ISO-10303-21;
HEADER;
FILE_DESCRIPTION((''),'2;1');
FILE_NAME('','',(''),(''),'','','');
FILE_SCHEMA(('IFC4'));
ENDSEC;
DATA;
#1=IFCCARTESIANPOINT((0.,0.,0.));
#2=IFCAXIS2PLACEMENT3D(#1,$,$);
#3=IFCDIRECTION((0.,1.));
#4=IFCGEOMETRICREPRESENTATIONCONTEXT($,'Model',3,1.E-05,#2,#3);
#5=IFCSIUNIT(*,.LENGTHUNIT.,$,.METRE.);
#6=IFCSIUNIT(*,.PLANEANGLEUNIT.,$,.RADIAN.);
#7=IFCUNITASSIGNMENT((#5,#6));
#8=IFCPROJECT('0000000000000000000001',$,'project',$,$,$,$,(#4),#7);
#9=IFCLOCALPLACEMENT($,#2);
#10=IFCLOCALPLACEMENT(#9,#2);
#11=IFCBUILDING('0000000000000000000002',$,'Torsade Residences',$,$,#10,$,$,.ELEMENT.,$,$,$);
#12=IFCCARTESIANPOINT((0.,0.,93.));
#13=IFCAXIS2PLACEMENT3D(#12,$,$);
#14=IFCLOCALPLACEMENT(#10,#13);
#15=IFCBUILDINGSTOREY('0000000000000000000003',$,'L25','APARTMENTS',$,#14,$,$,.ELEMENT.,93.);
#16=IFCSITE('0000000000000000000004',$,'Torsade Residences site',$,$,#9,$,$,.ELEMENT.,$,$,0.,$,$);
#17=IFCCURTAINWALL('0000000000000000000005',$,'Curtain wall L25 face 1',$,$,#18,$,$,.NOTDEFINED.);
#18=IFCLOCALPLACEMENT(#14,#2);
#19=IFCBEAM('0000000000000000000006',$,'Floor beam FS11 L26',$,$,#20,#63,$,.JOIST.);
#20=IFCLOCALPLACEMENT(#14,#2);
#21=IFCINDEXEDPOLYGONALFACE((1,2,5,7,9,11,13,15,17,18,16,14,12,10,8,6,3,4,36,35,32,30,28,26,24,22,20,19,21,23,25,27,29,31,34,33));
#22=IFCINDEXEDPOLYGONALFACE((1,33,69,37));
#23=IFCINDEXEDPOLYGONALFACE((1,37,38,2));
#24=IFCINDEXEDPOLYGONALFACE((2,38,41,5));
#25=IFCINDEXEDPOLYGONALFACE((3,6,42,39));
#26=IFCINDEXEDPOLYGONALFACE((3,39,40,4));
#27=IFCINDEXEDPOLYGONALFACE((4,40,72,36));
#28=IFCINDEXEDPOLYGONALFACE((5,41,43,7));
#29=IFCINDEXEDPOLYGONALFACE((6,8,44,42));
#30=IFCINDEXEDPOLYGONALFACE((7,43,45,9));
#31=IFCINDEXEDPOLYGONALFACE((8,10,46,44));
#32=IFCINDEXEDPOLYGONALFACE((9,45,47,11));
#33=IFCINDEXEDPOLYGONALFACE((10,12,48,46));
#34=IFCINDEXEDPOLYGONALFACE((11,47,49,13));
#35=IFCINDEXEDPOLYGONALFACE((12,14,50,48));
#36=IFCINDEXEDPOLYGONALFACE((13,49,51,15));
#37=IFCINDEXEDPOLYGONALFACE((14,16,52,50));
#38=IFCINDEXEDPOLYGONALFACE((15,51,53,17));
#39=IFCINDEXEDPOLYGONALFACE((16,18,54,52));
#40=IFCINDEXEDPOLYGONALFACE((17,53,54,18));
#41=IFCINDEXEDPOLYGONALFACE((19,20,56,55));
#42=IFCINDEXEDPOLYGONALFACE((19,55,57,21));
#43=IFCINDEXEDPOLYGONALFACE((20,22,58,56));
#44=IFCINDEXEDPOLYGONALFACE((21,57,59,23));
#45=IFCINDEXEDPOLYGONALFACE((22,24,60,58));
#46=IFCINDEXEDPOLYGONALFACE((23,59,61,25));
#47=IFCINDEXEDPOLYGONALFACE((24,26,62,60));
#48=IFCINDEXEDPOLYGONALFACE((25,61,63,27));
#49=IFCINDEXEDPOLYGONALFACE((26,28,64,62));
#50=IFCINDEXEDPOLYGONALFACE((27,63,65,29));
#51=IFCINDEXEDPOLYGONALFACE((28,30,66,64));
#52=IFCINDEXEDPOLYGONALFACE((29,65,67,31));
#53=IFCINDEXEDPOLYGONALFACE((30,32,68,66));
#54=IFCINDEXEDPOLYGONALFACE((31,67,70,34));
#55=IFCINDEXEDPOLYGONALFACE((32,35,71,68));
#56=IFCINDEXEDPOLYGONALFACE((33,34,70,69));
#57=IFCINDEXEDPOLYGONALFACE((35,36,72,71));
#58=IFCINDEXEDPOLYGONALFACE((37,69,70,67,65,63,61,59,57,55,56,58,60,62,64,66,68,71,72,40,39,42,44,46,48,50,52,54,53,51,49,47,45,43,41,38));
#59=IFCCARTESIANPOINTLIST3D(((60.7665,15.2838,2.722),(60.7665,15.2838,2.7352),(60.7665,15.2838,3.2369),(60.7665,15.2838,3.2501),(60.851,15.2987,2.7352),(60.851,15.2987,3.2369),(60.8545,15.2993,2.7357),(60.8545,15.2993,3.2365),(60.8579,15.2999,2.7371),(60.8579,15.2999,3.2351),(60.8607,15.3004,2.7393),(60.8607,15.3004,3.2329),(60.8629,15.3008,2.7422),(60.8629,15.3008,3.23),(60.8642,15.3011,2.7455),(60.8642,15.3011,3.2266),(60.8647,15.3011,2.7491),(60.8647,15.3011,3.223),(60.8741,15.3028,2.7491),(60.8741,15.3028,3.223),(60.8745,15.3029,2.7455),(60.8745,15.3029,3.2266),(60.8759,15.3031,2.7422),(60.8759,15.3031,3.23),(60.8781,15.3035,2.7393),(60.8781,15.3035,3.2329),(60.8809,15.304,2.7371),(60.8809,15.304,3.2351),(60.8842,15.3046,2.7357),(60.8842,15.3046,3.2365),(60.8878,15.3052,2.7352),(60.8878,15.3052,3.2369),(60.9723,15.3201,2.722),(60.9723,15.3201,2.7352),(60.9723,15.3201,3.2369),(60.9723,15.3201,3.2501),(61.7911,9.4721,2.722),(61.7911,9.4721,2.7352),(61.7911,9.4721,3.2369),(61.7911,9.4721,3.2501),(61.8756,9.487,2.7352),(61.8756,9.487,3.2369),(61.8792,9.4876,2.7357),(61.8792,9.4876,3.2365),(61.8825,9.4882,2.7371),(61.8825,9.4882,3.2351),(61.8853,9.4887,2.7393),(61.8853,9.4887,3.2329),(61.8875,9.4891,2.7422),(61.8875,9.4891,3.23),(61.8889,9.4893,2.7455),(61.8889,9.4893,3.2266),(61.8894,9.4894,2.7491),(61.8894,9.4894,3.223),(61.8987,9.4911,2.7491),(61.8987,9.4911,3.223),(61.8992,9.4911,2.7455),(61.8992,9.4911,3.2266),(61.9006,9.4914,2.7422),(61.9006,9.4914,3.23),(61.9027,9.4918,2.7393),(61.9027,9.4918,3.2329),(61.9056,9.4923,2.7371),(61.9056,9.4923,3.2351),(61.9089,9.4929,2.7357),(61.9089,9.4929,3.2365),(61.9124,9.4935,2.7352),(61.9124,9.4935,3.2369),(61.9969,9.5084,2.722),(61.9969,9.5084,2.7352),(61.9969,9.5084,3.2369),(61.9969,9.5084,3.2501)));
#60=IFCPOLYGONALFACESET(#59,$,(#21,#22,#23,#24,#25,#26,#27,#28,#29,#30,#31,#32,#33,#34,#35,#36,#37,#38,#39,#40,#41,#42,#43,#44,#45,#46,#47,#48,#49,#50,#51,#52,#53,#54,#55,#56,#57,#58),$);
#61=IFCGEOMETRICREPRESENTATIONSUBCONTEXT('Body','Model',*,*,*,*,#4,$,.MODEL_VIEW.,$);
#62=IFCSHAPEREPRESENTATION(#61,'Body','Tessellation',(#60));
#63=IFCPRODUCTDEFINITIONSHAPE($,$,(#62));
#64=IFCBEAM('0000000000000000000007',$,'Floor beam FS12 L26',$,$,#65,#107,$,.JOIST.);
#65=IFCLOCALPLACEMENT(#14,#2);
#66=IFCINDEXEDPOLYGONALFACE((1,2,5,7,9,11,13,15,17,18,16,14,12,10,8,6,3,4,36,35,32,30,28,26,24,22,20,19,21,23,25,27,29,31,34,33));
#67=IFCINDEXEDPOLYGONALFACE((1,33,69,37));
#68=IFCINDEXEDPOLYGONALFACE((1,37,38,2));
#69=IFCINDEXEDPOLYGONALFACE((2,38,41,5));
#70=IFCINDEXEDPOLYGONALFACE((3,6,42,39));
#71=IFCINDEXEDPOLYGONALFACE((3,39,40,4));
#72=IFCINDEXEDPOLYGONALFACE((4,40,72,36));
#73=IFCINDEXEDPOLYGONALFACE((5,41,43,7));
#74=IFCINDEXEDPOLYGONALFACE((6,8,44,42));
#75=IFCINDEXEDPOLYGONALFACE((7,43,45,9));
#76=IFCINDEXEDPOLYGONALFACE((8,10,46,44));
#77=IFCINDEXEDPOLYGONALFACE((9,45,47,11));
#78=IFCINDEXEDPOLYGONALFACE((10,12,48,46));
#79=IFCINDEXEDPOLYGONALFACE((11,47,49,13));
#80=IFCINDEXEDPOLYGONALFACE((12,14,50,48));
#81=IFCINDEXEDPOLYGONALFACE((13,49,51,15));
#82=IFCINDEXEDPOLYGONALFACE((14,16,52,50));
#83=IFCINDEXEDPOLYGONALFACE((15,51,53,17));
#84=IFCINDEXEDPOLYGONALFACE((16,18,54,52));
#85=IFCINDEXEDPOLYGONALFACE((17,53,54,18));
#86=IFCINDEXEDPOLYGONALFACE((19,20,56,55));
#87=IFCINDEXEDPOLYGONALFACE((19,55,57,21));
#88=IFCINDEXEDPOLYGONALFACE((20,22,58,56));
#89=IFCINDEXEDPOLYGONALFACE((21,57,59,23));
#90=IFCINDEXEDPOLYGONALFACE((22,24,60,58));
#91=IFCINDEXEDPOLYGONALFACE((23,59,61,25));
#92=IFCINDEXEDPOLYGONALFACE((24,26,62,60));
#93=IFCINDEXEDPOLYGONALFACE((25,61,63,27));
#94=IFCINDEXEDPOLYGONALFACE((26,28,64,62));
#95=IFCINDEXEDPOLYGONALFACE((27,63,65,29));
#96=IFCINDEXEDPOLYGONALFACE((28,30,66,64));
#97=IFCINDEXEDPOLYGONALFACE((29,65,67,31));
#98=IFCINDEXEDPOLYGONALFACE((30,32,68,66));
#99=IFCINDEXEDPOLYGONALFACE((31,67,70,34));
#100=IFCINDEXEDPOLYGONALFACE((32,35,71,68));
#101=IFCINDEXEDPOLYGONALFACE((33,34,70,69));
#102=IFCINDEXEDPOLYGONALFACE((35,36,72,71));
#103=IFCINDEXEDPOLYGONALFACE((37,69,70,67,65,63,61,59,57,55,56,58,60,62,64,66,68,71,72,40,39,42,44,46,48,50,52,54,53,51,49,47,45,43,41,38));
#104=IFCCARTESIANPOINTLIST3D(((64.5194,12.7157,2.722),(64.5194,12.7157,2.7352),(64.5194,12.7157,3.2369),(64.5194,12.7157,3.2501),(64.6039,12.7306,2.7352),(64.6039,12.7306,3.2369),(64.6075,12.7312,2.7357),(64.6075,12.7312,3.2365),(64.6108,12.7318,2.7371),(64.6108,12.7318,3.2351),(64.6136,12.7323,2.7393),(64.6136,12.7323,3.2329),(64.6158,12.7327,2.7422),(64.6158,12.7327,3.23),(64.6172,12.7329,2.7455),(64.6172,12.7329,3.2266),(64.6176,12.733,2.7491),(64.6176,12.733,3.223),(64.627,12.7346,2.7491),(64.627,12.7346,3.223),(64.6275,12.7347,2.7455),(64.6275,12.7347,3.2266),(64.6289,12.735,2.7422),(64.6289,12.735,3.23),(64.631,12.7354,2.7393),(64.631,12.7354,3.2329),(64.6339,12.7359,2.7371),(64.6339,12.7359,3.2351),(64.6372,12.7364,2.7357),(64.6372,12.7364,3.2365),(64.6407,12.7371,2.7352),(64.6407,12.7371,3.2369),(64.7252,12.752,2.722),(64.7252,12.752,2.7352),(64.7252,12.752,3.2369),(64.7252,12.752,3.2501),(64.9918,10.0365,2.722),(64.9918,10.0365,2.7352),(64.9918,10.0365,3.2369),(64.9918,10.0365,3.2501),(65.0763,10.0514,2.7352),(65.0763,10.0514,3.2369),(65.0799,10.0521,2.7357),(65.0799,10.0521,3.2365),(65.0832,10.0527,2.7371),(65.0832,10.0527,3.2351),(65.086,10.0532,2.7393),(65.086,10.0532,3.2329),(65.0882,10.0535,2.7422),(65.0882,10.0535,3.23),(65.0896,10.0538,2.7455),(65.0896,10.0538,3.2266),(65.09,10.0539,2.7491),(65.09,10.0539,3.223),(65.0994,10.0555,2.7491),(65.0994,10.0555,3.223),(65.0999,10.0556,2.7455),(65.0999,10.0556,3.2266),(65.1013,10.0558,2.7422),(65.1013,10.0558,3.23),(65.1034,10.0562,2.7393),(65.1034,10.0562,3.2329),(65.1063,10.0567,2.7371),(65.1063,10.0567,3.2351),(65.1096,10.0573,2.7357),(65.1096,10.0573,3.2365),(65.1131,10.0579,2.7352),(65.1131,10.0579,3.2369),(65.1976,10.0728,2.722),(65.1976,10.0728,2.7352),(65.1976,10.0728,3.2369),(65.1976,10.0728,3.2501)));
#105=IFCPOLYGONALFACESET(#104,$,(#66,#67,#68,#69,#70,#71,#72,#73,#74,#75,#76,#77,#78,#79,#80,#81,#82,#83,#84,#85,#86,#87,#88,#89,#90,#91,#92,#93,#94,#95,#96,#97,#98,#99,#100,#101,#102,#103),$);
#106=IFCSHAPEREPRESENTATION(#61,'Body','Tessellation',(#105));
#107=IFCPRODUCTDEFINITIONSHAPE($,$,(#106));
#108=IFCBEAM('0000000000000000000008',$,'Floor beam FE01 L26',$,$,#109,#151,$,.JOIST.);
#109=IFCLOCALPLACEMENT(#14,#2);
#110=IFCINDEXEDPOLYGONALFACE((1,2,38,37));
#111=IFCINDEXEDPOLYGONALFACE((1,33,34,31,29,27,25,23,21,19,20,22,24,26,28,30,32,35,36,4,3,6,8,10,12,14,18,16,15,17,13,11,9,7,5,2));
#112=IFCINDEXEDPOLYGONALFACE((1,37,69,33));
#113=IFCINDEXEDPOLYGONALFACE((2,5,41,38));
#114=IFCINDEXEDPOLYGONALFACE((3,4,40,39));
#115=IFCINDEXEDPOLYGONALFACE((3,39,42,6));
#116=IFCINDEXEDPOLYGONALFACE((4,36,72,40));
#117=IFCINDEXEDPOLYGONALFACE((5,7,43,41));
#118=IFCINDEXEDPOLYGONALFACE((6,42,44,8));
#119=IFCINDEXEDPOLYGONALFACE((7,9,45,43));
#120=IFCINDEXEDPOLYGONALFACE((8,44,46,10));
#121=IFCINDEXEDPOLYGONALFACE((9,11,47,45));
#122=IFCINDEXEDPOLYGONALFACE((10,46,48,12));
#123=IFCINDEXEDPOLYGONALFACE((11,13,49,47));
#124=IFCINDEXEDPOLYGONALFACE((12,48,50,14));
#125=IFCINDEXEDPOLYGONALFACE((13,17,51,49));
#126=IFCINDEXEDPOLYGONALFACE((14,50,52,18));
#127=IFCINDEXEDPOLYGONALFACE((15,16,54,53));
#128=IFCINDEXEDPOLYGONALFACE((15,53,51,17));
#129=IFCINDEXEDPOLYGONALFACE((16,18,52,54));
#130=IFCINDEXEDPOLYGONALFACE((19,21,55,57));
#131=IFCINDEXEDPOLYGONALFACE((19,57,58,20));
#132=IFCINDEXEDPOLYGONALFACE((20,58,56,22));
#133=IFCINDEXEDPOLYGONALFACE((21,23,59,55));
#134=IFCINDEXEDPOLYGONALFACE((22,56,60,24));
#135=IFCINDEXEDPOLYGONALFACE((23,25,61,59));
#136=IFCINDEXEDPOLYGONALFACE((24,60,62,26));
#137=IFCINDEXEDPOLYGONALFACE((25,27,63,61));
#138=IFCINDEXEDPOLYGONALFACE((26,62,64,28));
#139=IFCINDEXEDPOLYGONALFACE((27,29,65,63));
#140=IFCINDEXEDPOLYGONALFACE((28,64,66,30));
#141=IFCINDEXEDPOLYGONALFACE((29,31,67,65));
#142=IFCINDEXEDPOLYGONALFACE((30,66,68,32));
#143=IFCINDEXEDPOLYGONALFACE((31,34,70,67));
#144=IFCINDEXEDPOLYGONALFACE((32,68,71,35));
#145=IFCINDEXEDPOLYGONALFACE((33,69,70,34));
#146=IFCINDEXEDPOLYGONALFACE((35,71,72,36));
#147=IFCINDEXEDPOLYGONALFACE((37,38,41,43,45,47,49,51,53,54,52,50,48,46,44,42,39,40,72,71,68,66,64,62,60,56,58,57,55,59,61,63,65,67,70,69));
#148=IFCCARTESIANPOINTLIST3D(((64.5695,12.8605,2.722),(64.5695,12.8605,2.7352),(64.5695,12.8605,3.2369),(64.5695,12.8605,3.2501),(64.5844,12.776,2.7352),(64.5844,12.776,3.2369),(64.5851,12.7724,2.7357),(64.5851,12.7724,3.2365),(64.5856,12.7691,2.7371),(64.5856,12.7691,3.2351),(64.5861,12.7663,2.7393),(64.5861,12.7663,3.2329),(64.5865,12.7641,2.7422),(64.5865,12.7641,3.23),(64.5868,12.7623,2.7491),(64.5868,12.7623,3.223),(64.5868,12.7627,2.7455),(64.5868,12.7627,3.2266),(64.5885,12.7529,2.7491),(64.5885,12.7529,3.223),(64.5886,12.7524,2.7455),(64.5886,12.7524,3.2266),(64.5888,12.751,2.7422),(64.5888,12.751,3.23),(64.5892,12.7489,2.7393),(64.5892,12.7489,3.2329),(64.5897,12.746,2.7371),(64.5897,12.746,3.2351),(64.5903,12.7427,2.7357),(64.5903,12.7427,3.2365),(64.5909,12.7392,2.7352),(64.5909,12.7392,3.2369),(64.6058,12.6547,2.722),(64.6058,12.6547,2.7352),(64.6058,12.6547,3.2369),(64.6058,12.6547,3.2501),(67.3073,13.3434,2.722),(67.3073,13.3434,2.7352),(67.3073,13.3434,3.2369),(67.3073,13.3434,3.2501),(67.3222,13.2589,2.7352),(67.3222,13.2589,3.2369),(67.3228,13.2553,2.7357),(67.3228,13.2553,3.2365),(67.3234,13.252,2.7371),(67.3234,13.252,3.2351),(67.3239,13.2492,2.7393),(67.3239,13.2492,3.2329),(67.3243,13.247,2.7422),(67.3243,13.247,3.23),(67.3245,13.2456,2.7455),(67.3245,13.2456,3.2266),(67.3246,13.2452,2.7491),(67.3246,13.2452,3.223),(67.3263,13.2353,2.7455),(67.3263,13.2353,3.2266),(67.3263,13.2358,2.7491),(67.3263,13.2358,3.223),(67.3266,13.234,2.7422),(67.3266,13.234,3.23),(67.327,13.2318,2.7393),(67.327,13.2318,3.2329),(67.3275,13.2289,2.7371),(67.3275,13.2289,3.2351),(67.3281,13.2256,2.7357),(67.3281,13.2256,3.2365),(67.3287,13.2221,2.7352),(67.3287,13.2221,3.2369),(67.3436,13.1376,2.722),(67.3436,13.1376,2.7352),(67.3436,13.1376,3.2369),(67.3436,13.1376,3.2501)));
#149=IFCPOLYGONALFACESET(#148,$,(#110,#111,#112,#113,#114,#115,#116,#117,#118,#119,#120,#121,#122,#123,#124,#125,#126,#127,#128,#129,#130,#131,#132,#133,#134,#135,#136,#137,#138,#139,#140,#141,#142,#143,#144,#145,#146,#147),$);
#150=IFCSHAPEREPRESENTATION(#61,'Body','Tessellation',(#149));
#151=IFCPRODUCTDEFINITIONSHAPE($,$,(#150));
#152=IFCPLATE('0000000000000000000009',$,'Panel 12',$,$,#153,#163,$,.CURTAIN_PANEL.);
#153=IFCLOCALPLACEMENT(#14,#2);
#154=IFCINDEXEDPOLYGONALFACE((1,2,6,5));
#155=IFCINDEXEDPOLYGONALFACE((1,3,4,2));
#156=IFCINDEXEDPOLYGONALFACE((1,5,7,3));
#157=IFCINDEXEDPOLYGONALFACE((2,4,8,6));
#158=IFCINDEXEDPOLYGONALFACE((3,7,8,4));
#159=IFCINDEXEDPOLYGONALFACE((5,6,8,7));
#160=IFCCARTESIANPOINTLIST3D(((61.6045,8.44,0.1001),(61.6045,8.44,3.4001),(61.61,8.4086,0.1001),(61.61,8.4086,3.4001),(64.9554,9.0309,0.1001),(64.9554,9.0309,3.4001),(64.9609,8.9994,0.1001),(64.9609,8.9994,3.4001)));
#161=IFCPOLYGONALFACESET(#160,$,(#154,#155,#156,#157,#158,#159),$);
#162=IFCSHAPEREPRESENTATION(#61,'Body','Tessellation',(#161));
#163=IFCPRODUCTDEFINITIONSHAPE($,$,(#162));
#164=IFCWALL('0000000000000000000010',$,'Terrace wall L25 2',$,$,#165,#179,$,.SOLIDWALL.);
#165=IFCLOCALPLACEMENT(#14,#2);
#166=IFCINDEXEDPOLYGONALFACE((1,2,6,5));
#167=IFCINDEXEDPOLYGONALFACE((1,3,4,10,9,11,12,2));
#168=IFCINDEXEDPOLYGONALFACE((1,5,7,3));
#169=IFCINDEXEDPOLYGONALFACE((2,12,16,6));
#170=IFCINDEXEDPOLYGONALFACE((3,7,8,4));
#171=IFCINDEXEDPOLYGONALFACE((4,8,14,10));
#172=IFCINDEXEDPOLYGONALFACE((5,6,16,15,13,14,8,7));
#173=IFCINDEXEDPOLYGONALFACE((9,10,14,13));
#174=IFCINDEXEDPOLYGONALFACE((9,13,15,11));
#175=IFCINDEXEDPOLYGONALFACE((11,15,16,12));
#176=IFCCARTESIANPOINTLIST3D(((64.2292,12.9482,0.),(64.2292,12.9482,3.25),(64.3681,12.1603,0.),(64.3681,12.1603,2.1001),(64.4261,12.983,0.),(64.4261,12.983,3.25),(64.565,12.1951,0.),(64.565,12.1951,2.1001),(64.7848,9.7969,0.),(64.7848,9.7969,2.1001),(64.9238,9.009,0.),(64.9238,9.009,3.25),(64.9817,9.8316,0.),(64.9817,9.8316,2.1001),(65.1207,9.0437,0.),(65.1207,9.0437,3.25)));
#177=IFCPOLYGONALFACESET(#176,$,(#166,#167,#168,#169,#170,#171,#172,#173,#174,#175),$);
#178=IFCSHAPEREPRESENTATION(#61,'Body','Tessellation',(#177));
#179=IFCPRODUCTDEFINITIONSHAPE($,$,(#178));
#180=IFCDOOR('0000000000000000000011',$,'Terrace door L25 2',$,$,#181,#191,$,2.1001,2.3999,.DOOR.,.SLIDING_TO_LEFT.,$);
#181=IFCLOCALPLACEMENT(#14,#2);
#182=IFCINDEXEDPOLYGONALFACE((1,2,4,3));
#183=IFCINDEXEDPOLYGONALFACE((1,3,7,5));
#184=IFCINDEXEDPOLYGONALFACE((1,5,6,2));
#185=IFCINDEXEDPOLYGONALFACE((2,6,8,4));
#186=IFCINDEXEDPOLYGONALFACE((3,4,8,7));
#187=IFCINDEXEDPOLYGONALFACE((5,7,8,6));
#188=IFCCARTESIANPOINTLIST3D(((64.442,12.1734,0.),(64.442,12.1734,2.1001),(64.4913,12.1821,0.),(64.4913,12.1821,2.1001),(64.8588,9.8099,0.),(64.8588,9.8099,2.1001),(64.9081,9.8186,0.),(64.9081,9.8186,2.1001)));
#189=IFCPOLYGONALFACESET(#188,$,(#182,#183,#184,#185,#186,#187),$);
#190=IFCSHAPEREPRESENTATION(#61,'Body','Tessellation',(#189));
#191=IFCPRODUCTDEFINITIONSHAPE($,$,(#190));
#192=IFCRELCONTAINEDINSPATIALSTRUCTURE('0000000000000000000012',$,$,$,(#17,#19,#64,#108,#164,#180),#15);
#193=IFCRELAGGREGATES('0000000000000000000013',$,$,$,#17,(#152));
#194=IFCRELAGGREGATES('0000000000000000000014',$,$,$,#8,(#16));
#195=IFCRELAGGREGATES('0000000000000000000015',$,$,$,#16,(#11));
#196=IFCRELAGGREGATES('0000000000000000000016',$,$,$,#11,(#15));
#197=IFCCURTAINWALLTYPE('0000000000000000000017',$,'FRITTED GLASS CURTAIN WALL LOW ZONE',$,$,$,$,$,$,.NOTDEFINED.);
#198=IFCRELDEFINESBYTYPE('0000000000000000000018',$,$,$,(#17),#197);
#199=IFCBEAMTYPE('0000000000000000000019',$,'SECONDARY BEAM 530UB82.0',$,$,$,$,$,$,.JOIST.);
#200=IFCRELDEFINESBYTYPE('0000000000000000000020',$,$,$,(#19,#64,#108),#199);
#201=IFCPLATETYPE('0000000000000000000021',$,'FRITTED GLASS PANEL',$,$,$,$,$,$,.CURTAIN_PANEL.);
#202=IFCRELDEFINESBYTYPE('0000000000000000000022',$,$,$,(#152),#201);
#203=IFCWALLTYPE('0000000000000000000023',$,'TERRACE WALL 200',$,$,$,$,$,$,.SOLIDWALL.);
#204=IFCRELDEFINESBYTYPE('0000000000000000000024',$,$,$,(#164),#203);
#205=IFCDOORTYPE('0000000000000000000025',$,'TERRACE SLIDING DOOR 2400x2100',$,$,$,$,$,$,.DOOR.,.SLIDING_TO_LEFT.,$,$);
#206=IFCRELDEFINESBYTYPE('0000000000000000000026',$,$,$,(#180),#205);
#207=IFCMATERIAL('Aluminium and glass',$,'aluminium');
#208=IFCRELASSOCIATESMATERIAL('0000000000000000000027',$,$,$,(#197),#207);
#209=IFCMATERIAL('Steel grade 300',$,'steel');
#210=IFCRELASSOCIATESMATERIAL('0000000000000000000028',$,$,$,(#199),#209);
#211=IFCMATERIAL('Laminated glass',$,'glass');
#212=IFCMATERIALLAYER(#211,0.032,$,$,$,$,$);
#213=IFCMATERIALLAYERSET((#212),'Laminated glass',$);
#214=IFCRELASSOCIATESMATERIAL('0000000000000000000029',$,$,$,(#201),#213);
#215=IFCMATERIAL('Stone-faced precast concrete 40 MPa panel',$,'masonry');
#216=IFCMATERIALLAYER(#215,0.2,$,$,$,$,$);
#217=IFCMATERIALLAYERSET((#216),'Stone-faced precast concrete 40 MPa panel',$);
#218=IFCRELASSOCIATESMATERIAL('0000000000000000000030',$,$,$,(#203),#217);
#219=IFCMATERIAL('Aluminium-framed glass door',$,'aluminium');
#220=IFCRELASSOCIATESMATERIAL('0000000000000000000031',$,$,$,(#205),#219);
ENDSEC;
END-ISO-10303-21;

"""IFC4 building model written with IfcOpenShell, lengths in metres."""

from ifc_helpers import new_model, si_unit, direction, frame, frame_2d, origin, origin_2d, place, context, subcontext, project, spatial, rectangle, i_section, extrude, material, layer, layer_set, material_profile, profile_set, type_object, element, fill, aggregate, save


model = new_model("IFC4")

# Units and contexts
model_context = context("Model", 3, precision=1e-05, world=origin(), true_north=direction((0.0, 1.0)))
body_context = subcontext(model_context, "Body", "Model", "MODEL_VIEW")
ifc_project = project(units=[si_unit("LENGTHUNIT", "METRE"), si_unit("PLANEANGLEUNIT", "RADIAN")], contexts=[model_context])

# Site, building, storey
site_placement = place(None, origin())
site = spatial("IfcSite", under=ifc_project, at=site_placement, Name="Torsade Residences site", CompositionType="ELEMENT", RefElevation=0.0)
building_placement = place(site_placement, origin())
building = spatial("IfcBuilding", under=site, at=building_placement, Name="Torsade Residences", CompositionType="ELEMENT")
storey_placement = place(building_placement, frame((0.0, 0.0, 93.0)))
storey = spatial("IfcBuildingStorey", under=building, at=storey_placement, Name="L25", Description="APARTMENTS", CompositionType="ELEMENT", Elevation=93.0)

# Curtain wall
ifc_material_1 = material(Name="Aluminium and glass", Category="aluminium")
curtain_wall_type = type_object("IfcCurtainWallType", Name="FRITTED GLASS CURTAIN WALL LOW ZONE", PredefinedType="NOTDEFINED", material=ifc_material_1)
curtain_wall_1_placement = place(storey_placement, origin())
curtain_wall_1 = element("IfcCurtainWall", 1, at=curtain_wall_1_placement, inside=storey, type_object=curtain_wall_type, Name="Curtain wall L25 face 1", PredefinedType="NOTDEFINED")

# Beams
ifc_material_2 = material(Name="Steel grade 300", Category="steel")
ifc_material_profile_1 = material_profile(ifc_material_2, i_section(OverallWidth=0.209, OverallDepth=0.5281, WebThickness=0.0095, FlangeThickness=0.0132, FilletRadius=0.0139, at=origin_2d()), Name="530UB82.0")
ifc_profile_set_1 = profile_set([ifc_material_profile_1], Name="Steel grade 300")
beam_type_1 = type_object("IfcBeamType", Name="SECONDARY BEAM 530UB82.0", PredefinedType="JOIST", material=ifc_profile_set_1)
beam_1_placement = place(storey_placement, frame((61.894, 9.4902, 2.9861), z_axis=(-0.17363, 0.984811, 0.0), x_axis=(-0.984811, -0.17363, 0.0)))
element("IfcBeam", 2, at=beam_1_placement, inside=storey, type_object=beam_type_1, Name="Floor beam FS11 L26", PredefinedType="JOIST", context=body_context, shape_type="SweptSolid", body=[
    extrude(i_section(OverallWidth=0.209, OverallDepth=0.5281, WebThickness=0.0095, FlangeThickness=0.0132, FilletRadius=0.0139, at=origin_2d()), origin(), (0.0, 0.0, 1.0), 5.9014),
])
beam_2_placement = place(storey_placement, frame((65.0947, 10.0547, 2.9861), z_axis=(-0.173647, 0.984808, 0.0), x_axis=(-0.984808, -0.173647, 0.0)))
element("IfcBeam", 3, at=beam_2_placement, inside=storey, type_object=beam_type_1, Name="Floor beam FS12 L26", PredefinedType="JOIST", context=body_context, shape_type="SweptSolid", body=[
    extrude(i_section(OverallWidth=0.209, OverallDepth=0.5281, WebThickness=0.0095, FlangeThickness=0.0132, FilletRadius=0.0139, at=origin_2d()), origin(), (0.0, 0.0, 1.0), 2.7205),
])
beam_3_placement = place(storey_placement, frame((67.3254, 13.2405, 2.9861), z_axis=(-0.984798, -0.173705, 0.0), x_axis=(0.173705, -0.984798, 0.0)))
element("IfcBeam", 4, at=beam_3_placement, inside=storey, type_object=beam_type_1, Name="Floor beam FE01 L26", PredefinedType="JOIST", context=body_context, shape_type="SweptSolid", body=[
    extrude(i_section(OverallWidth=0.209, OverallDepth=0.5281, WebThickness=0.0095, FlangeThickness=0.0132, FilletRadius=0.0139, at=origin_2d()), origin(), (0.0, 0.0, 1.0), 2.78),
])

# Plate
ifc_material_3 = material(Name="Laminated glass", Category="glass")
ifc_layer_1 = layer(ifc_material_3, 0.032)
ifc_layer_set_1 = layer_set([ifc_layer_1], Name="Laminated glass")
plate_type = type_object("IfcPlateType", Name="FRITTED GLASS PANEL", PredefinedType="CURTAIN_PANEL", material=ifc_layer_set_1)
plate_placement = place(storey_placement, frame((63.2827, 8.7197, 0.1001), z_axis=(0.0, 0.0, 1.0), x_axis=(0.984808, 0.173648, 0.0)))
plate = element("IfcPlate", 5, at=plate_placement, type_object=plate_type, Name="Panel 12", PredefinedType="CURTAIN_PANEL", context=body_context, shape_type="SweptSolid", body=[
    extrude(rectangle(XDim=3.4026, YDim=0.032, at=origin_2d()), origin(), (0.0, 0.0, 1.0), 3.3),
])
aggregate(curtain_wall_1, [plate])

# Wall, opening, door
ifc_material_4 = material(Name="Stone-faced precast concrete 40 MPa panel", Category="masonry")
ifc_layer_2 = layer(ifc_material_4, 0.2)
ifc_layer_set_2 = layer_set([ifc_layer_2], Name="Stone-faced precast concrete 40 MPa panel")
wall_type = type_object("IfcWallType", Name="TERRACE WALL 200", PredefinedType="SOLIDWALL", material=ifc_layer_set_2)
wall_1_placement = place(storey_placement, frame((65.0222, 9.0264, 0.0), z_axis=(0.0, 0.0, 1.0), x_axis=(-0.173646, 0.984808, 0.0)))
wall_1 = element("IfcWall", 6, at=wall_1_placement, inside=storey, type_object=wall_type, Name="Terrace wall L25 2", PredefinedType="SOLIDWALL", context=body_context, shape_type="SweptSolid", body=[
    extrude(rectangle(XDim=4.0, YDim=0.2, at=frame_2d((2.0, 0.0))), origin(), (0.0, 0.0, 1.0), 3.25),
])
opening_1_placement = place(wall_1_placement, frame((0.8, 0.0, 0.0)))
opening_1 = element("IfcOpeningElement", 7, at=opening_1_placement, cuts=wall_1, PredefinedType="OPENING", context=body_context, shape_type="SweptSolid", body=[
    extrude(rectangle(XDim=2.3999, YDim=2.1001, at=frame_2d((1.2, 1.05))), frame((0.0, 0.1099, 0.0), z_axis=(0.0, -1.0, 0.0), x_axis=(1.0, 0.0, 0.0)), (0.0, 0.0, 1.0), 0.22),
])
ifc_material_5 = material(Name="Aluminium-framed glass door", Category="aluminium")
door_type = type_object("IfcDoorType", Name="TERRACE SLIDING DOOR 2400x2100", OperationType="SLIDING_TO_LEFT", PredefinedType="DOOR", material=ifc_material_5)
door_placement = place(opening_1_placement, origin())
door = element("IfcDoor", 8, at=door_placement, inside=storey, type_object=door_type, Name="Terrace door L25 2", OperationType="SLIDING_TO_LEFT", OverallHeight=2.1001, OverallWidth=2.3999, PredefinedType="DOOR", context=body_context, shape_type="SweptSolid", body=[
    extrude(rectangle(XDim=2.3999, YDim=2.1001, at=frame_2d((1.2, 1.05))), frame((0.0, 0.0249, 0.0), z_axis=(0.0, -1.0, 0.0), x_axis=(1.0, 0.0, 0.0)), (0.0, 0.0, 1.0), 0.05),
])
fill(opening_1, door)

save(model, "model.ifc")
